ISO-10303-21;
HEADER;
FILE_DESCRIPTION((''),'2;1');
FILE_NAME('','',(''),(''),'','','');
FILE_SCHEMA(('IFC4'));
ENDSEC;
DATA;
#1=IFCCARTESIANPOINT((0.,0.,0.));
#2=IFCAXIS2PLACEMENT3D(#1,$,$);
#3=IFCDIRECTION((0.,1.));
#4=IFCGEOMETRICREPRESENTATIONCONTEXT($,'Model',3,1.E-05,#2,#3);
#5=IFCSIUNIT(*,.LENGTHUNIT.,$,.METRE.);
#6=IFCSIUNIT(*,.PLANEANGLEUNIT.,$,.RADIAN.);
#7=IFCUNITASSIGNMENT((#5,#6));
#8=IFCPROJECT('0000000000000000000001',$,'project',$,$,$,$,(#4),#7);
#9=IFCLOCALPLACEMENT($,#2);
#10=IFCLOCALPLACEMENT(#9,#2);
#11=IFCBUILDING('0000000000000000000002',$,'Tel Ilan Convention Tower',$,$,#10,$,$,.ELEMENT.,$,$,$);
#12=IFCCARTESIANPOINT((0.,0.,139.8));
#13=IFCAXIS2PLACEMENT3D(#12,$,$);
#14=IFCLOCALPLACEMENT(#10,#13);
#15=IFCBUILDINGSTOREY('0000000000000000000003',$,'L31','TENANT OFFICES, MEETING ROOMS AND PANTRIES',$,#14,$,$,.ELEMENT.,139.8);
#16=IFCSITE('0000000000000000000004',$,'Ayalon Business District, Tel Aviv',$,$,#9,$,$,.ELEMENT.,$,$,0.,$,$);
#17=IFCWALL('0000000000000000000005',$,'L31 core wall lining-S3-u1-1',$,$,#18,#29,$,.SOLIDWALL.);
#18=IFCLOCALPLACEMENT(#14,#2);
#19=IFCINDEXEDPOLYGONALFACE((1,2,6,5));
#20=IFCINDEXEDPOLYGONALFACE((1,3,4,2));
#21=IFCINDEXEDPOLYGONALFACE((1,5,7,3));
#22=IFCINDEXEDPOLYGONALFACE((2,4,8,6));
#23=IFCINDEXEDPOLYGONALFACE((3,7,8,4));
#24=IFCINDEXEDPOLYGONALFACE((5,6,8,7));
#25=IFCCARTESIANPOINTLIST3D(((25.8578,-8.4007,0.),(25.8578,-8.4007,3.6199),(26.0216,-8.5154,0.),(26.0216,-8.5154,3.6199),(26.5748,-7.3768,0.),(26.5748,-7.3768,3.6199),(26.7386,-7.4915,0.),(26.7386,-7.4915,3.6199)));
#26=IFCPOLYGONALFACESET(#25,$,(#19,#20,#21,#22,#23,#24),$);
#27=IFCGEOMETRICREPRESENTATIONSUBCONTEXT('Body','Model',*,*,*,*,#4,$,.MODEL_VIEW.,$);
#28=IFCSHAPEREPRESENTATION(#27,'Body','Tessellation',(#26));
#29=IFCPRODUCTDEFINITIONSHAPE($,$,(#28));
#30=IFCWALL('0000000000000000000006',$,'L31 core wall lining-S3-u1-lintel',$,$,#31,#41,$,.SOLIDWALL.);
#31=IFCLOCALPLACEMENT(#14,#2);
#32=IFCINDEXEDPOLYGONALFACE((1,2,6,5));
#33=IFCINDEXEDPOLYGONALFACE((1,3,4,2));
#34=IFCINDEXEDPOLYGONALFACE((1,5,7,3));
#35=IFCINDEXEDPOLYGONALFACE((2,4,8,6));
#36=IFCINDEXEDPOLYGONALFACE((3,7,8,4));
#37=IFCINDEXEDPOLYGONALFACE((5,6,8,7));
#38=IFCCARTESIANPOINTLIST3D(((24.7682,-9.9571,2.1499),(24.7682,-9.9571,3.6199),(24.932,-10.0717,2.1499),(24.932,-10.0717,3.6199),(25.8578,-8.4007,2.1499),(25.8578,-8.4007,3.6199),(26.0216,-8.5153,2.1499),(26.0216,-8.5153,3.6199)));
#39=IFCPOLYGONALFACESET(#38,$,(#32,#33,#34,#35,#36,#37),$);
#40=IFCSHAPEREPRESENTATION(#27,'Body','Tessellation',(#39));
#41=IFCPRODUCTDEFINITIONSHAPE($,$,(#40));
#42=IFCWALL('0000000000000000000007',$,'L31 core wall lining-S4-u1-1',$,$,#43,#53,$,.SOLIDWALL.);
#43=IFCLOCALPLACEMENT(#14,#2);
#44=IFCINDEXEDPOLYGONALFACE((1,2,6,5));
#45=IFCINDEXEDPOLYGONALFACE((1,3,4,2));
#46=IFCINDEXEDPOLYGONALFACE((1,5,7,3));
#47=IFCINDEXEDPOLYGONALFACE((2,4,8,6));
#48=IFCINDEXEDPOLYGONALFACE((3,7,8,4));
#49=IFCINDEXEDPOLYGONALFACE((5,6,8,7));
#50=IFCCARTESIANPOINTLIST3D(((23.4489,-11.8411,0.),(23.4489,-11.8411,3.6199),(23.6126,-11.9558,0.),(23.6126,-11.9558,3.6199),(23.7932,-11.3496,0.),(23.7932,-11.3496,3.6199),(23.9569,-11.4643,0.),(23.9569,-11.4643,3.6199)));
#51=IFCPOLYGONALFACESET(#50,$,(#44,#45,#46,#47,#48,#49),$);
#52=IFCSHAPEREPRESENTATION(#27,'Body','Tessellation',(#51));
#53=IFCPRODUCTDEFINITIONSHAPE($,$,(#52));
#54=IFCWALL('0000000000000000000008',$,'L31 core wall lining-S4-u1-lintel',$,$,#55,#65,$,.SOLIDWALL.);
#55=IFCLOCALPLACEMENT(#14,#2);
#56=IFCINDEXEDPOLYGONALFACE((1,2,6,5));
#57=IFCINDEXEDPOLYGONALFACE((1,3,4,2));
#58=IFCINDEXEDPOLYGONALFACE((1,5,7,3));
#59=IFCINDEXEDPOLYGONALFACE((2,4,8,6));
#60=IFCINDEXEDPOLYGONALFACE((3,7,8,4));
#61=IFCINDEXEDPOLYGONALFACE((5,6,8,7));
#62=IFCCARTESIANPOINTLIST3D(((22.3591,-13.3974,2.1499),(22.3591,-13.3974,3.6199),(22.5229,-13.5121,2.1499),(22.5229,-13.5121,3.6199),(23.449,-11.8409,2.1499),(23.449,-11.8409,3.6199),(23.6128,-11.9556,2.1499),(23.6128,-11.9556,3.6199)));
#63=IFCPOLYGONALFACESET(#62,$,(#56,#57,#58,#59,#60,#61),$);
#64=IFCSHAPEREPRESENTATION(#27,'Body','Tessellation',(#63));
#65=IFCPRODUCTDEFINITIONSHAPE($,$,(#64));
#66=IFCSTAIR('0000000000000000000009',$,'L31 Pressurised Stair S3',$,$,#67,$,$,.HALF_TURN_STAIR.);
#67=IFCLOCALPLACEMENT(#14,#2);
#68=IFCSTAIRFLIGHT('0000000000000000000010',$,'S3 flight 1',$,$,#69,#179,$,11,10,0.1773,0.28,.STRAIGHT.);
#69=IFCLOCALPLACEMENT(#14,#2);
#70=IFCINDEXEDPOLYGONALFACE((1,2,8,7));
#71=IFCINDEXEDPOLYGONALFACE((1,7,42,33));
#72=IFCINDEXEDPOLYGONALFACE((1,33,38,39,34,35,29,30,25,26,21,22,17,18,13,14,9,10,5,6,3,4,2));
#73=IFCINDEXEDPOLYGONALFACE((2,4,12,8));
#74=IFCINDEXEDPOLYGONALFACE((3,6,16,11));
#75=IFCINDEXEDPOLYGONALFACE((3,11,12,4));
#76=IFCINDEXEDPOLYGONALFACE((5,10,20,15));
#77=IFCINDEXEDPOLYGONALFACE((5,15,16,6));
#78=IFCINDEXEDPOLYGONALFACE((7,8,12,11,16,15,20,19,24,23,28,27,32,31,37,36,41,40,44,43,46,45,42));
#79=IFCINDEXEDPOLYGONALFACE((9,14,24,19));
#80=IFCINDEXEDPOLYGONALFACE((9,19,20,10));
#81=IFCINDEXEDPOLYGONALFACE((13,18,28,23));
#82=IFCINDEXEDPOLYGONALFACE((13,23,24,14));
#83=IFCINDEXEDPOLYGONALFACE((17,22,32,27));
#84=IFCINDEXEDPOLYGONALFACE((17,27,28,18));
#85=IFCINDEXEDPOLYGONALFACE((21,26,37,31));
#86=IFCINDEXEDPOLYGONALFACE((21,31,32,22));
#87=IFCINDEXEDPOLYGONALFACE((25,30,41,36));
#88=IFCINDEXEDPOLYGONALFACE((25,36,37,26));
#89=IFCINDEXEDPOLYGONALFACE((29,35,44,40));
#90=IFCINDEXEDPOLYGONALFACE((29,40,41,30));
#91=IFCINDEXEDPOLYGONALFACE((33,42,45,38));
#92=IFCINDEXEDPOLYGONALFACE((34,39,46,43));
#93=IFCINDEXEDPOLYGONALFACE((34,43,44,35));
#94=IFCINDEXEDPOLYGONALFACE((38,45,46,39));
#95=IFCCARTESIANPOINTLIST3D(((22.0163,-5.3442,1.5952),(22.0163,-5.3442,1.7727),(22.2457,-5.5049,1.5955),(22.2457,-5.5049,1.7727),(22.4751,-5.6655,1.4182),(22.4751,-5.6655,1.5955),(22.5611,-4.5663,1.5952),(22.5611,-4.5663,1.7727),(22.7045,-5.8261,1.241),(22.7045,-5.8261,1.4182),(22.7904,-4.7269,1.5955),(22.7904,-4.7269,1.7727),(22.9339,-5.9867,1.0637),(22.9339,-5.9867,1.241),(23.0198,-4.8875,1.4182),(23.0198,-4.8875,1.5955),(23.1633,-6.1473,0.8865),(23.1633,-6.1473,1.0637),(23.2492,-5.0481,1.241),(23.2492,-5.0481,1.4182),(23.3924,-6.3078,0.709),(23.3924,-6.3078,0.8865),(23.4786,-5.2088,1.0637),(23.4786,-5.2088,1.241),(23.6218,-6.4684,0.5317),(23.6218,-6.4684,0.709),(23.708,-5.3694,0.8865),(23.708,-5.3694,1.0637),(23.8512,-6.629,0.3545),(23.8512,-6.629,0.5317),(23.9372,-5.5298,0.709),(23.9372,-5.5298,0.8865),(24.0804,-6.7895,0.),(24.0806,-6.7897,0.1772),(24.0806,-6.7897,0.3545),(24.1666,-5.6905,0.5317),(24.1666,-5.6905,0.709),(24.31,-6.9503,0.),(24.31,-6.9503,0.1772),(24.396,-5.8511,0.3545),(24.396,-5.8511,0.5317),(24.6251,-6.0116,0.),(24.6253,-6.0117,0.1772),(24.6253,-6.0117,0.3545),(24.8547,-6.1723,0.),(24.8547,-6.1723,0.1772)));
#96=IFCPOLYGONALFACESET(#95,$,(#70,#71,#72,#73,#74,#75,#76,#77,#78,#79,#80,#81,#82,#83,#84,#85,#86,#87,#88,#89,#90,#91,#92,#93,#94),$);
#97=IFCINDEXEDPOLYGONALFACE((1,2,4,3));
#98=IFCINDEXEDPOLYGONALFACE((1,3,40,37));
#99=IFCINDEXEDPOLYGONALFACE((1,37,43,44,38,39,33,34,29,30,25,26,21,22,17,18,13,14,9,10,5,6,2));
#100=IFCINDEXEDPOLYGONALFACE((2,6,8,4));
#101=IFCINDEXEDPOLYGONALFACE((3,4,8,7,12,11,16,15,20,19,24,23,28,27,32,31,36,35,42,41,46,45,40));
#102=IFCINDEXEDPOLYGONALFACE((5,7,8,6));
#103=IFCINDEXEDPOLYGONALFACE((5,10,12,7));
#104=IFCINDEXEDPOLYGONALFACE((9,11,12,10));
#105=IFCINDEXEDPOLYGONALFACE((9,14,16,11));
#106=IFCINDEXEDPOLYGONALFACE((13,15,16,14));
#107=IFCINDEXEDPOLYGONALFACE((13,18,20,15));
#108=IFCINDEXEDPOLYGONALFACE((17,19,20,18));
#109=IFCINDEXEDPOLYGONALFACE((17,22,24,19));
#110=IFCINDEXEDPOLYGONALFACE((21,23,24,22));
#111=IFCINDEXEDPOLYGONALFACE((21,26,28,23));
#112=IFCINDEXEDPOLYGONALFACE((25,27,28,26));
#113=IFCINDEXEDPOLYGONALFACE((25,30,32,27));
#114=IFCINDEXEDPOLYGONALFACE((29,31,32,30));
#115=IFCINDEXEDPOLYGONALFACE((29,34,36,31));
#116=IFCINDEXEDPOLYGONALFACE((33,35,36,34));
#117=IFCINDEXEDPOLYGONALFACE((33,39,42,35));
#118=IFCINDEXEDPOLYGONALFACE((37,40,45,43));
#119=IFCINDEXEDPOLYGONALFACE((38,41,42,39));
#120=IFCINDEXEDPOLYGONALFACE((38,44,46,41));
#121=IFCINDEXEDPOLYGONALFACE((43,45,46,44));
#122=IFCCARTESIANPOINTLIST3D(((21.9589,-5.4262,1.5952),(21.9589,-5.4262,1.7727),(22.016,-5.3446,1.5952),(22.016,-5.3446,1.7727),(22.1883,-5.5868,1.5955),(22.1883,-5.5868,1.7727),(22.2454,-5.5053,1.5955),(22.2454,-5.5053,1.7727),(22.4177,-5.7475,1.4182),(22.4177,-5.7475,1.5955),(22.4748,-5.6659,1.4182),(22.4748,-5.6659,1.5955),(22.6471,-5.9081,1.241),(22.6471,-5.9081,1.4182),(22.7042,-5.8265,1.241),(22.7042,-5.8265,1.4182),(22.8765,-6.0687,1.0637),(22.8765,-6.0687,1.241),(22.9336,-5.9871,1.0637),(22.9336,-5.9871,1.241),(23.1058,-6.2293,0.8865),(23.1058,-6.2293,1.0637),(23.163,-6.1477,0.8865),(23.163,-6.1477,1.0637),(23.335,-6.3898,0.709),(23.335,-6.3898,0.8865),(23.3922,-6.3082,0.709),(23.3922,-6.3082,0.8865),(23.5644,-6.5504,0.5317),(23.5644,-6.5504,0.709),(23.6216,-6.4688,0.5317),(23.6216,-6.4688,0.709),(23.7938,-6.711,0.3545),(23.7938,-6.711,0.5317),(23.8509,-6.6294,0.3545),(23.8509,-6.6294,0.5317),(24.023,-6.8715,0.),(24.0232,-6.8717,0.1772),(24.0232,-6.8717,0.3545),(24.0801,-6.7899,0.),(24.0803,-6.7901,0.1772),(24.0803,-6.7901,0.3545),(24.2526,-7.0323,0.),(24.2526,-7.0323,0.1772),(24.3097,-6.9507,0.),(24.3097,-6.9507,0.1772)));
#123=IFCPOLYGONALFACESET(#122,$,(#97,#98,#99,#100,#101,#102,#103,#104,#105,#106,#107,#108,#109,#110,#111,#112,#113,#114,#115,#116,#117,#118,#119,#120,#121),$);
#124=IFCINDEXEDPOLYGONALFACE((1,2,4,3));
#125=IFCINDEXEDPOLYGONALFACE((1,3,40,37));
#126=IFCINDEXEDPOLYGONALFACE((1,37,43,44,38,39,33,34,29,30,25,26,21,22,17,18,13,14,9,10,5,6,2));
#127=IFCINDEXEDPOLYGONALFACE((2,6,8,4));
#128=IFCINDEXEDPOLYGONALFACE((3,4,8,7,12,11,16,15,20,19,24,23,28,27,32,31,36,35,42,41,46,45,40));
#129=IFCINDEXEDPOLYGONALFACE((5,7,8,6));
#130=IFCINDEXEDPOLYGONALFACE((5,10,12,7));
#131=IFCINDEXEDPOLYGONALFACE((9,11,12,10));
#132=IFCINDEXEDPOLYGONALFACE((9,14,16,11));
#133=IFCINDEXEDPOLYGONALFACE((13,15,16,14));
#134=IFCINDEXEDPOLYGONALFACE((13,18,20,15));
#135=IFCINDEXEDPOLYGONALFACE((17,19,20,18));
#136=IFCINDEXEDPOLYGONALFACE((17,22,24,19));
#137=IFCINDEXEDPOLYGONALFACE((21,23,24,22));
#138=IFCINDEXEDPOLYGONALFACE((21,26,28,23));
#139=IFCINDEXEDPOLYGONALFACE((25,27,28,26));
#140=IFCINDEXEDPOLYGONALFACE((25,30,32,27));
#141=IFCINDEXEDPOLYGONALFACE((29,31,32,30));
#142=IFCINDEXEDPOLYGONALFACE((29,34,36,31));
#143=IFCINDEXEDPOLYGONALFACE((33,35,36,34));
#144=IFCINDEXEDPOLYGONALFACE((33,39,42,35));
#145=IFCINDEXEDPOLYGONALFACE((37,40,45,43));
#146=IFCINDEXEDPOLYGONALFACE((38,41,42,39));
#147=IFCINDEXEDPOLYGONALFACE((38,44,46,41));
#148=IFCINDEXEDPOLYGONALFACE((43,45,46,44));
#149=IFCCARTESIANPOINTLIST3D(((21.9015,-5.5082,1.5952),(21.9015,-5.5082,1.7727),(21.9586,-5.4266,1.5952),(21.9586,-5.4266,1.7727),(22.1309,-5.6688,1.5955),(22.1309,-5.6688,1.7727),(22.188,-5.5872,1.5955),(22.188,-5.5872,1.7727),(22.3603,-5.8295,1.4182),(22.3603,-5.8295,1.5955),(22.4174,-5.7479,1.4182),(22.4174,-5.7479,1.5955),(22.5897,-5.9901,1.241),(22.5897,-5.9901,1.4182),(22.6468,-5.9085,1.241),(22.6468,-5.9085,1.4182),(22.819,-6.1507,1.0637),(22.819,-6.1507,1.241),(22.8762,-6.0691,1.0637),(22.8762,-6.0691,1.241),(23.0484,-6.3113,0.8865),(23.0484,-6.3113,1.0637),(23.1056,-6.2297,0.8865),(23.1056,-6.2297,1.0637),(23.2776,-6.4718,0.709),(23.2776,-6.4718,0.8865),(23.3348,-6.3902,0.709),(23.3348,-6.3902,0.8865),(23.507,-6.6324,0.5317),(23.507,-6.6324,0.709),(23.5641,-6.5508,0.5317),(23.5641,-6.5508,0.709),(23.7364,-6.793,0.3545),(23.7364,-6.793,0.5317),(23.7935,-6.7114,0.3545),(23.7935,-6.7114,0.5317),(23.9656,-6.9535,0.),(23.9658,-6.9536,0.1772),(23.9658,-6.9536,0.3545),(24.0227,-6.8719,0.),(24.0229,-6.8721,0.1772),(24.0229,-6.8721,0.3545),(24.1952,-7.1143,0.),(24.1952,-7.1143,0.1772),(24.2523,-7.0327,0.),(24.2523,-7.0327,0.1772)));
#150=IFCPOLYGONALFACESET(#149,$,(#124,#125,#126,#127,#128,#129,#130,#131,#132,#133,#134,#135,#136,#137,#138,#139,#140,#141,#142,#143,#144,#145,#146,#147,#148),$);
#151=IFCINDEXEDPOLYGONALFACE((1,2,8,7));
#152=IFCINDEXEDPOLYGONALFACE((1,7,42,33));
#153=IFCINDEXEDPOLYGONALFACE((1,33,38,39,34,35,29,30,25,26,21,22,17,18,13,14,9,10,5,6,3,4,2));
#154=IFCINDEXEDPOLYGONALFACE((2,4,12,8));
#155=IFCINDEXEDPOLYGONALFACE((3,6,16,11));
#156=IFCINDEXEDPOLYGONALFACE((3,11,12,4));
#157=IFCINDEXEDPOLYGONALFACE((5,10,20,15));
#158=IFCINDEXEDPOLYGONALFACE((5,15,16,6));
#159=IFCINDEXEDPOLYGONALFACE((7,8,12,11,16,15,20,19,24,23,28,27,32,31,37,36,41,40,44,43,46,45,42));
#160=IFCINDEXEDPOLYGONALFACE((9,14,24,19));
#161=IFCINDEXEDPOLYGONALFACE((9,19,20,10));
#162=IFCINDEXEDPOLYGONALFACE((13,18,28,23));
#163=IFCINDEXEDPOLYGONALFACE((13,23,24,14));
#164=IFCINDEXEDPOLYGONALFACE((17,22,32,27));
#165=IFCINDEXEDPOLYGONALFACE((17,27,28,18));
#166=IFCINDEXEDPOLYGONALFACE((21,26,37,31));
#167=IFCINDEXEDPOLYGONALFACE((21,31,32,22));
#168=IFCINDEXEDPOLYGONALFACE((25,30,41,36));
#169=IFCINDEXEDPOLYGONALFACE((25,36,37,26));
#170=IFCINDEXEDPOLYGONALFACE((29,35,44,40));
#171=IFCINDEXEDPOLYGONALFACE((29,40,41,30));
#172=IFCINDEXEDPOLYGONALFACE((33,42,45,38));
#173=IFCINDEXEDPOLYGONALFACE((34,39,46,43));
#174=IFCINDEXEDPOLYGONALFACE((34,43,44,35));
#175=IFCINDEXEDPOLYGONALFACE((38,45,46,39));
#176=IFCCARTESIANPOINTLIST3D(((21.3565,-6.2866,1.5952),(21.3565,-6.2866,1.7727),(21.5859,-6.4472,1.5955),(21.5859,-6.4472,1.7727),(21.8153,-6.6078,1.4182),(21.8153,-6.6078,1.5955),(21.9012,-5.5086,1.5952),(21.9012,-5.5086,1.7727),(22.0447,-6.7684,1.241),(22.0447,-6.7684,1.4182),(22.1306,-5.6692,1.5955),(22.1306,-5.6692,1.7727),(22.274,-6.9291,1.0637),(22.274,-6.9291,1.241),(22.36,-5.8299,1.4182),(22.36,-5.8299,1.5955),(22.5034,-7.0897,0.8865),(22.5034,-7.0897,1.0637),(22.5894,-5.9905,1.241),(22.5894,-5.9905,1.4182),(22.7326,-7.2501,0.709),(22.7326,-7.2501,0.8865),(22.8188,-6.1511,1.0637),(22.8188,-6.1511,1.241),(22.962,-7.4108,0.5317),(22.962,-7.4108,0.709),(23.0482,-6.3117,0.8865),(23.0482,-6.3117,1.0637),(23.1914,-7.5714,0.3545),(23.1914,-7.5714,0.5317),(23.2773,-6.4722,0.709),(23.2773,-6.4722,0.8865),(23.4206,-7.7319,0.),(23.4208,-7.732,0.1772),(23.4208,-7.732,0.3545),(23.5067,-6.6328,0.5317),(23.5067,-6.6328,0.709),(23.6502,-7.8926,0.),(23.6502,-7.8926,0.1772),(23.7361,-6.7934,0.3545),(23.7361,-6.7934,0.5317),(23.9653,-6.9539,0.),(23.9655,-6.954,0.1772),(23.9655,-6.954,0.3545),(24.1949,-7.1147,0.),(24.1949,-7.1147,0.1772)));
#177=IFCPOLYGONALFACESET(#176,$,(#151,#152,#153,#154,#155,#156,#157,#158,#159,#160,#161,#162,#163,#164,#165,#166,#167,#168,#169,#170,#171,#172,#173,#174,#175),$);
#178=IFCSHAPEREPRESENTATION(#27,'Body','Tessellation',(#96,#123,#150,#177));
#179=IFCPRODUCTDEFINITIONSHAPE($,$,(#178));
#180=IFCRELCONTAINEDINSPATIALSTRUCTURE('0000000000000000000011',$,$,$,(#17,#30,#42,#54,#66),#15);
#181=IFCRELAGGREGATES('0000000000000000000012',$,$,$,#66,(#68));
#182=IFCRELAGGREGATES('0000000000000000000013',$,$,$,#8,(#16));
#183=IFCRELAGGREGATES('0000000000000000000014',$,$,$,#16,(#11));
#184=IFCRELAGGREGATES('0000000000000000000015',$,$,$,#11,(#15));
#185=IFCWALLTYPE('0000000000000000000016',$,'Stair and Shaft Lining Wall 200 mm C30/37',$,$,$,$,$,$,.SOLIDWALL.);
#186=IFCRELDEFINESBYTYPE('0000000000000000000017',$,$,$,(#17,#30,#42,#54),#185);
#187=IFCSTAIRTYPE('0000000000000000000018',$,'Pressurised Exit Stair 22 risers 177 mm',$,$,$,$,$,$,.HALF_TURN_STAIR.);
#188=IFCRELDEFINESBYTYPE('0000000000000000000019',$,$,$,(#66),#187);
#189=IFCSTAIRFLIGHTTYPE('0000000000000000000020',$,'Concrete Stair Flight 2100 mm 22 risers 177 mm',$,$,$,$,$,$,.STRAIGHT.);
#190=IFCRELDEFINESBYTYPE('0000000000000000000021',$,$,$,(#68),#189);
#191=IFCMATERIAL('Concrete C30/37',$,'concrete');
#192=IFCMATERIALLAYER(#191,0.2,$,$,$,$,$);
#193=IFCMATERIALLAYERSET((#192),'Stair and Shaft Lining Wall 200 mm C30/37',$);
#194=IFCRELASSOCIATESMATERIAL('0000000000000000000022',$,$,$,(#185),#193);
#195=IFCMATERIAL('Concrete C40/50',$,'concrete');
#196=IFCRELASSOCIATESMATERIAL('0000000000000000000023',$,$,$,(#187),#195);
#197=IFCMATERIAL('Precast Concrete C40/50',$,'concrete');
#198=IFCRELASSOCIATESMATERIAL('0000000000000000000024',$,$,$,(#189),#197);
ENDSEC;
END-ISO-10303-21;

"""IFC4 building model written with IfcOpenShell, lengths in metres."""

from ifc_helpers import new_model, si_unit, direction, frame, frame_2d, origin, place, context, subcontext, project, spatial, polyline, rectangle, outline, extrude, material, layer, layer_set, type_object, element, aggregate, save


model = new_model("IFC4")

# Units and contexts
model_context = context("Model", 3, precision=1e-05, world=origin(), true_north=direction((0.0, 1.0)))
body_context = subcontext(model_context, "Body", "Model", "MODEL_VIEW")
ifc_project = project(units=[si_unit("LENGTHUNIT", "METRE"), si_unit("PLANEANGLEUNIT", "RADIAN")], contexts=[model_context])

# Site, building, storey
site_placement = place(None, origin())
site = spatial("IfcSite", under=ifc_project, at=site_placement, Name="Ayalon Business District, Tel Aviv", CompositionType="ELEMENT", RefElevation=0.0)
building_placement = place(site_placement, origin())
building = spatial("IfcBuilding", under=site, at=building_placement, Name="Tel Ilan Convention Tower", CompositionType="ELEMENT")
storey_placement = place(building_placement, frame((0.0, 0.0, 139.8)))
storey = spatial("IfcBuildingStorey", under=building, at=storey_placement, Name="L31", Description="TENANT OFFICES, MEETING ROOMS AND PANTRIES", CompositionType="ELEMENT", Elevation=139.8)

# Walls
ifc_material_1 = material(Name="Concrete C30/37", Category="concrete")
ifc_layer_1 = layer(ifc_material_1, 0.2)
ifc_layer_set_1 = layer_set([ifc_layer_1], Name="Stair and Shaft Lining Wall 200 mm C30/37")
wall_type = type_object("IfcWallType", Name="Stair and Shaft Lining Wall 200 mm C30/37", PredefinedType="SOLIDWALL", material=ifc_layer_set_1)
wall_1_placement = place(storey_placement, frame((25.9397, -8.458, 0.0), z_axis=(0.0, 0.0, 1.0), x_axis=(0.57362, 0.819122, 0.0)))
element("IfcWall", 1, at=wall_1_placement, inside=storey, type_object=wall_type, Name="L31 core wall lining-S3-u1-1", PredefinedType="SOLIDWALL", context=body_context, shape_type="SweptSolid", body=[
    extrude(rectangle(XDim=1.25, YDim=0.2, at=frame_2d((0.625, 0.0))), origin(), (0.0, 0.0, 1.0), 3.6199),
])
wall_2_placement = place(storey_placement, frame((24.8501, -10.0144, 2.1499), z_axis=(0.0, 0.0, 1.0), x_axis=(0.573505, 0.819202, 0.0)))
element("IfcWall", 2, at=wall_2_placement, inside=storey, type_object=wall_type, Name="L31 core wall lining-S3-u1-lintel", PredefinedType="SOLIDWALL", context=body_context, shape_type="SweptSolid", body=[
    extrude(rectangle(XDim=1.8999, YDim=0.2, at=frame_2d((0.95, 0.0))), origin(), (0.0, 0.0, 1.0), 1.47),
])
wall_3_placement = place(storey_placement, frame((23.5308, -11.8984, 0.0), z_axis=(0.0, 0.0, 1.0), x_axis=(0.573708, 0.81906, 0.0)))
element("IfcWall", 3, at=wall_3_placement, inside=storey, type_object=wall_type, Name="L31 core wall lining-S4-u1-1", PredefinedType="SOLIDWALL", context=body_context, shape_type="SweptSolid", body=[
    extrude(rectangle(XDim=0.6001, YDim=0.2, at=frame_2d((0.3, 0.0))), origin(), (0.0, 0.0, 1.0), 3.6199),
])
wall_4_placement = place(storey_placement, frame((22.4409, -13.4548, 2.1499), z_axis=(0.0, 0.0, 1.0), x_axis=(0.573592, 0.819141, 0.0)))
element("IfcWall", 4, at=wall_4_placement, inside=storey, type_object=wall_type, Name="L31 core wall lining-S4-u1-lintel", PredefinedType="SOLIDWALL", context=body_context, shape_type="SweptSolid", body=[
    extrude(rectangle(XDim=1.9001, YDim=0.2, at=frame_2d((0.9502, 0.0))), origin(), (0.0, 0.0, 1.0), 1.47),
])

# Stair, stair flight
ifc_material_2 = material(Name="Concrete C40/50", Category="concrete")
stair_type = type_object("IfcStairType", Name="Pressurised Exit Stair 22 risers 177 mm", PredefinedType="HALF_TURN_STAIR", material=ifc_material_2)
stair_placement = place(storey_placement, origin())
stair = element("IfcStair", 5, at=stair_placement, inside=storey, type_object=stair_type, Name="L31 Pressurised Stair S3", PredefinedType="HALF_TURN_STAIR")
ifc_material_3 = material(Name="Precast Concrete C40/50", Category="concrete")
stair_flight_type = type_object("IfcStairFlightType", Name="Concrete Stair Flight 2100 mm 22 risers 177 mm", PredefinedType="STRAIGHT", material=ifc_material_3)
stair_flight_placement = place(storey_placement, frame((24.2524, -7.0325, 0.0), z_axis=(0.0, 0.0, 1.0), x_axis=(-0.819152, 0.573576, 0.0)))
stair_flight = element("IfcStairFlight", 6, at=stair_flight_placement, type_object=stair_flight_type, Name="S3 flight 1", NumberOfRisers=11, NumberOfTreads=10, PredefinedType="STRAIGHT", RiserHeight=0.1773, TreadLength=0.28, context=body_context, shape_type="SweptSolid", body=[
    extrude(outline(polyline([(0.0, 0.0), (0.0, 0.1772), (0.28, 0.1772), (0.28, 0.3545), (0.5601, 0.3545), (0.5601, 0.5317), (0.8401, 0.5317), (0.8401, 0.709), (1.1201, 0.709), (1.1201, 0.8865), (1.3999, 0.8865), (1.3999, 1.0637), (1.6799, 1.0637), (1.6799, 1.241), (1.96, 1.241), (1.96, 1.4182), (2.24, 1.4182), (2.24, 1.5955), (2.52, 1.5955), (2.52, 1.7727), (2.8, 1.7727), (2.8, 1.95), (2.8, 1.5952), (0.2803, 0.0), (0.0, 0.0)])), frame((0.0, -0.1003, 0.0), z_axis=(0.0, -1.0, 0.0), x_axis=(1.0, 0.0, 0.0)), (0.0, 0.0, 1.0), 0.9497),
    extrude(outline(polyline([(0.0, 0.0), (0.0, 0.1772), (0.28, 0.1772), (0.28, 0.3545), (0.5601, 0.3545), (0.5601, 0.5317), (0.8401, 0.5317), (0.8401, 0.709), (1.1201, 0.709), (1.1201, 0.8865), (1.3999, 0.8865), (1.3999, 1.0637), (1.6799, 1.0637), (1.6799, 1.241), (1.96, 1.241), (1.96, 1.4182), (2.24, 1.4182), (2.24, 1.5955), (2.52, 1.5955), (2.52, 1.7727), (2.8, 1.7727), (2.8, 1.95), (2.8, 1.5952), (0.2803, 0.0), (0.0, 0.0)])), frame((0.0, -0.0002, 0.0), z_axis=(0.0, -1.0, 0.0), x_axis=(1.0, 0.0, 0.0)), (0.0, 0.0, 1.0), 0.0996),
    extrude(outline(polyline([(0.0, 0.0), (0.0, 0.1772), (0.28, 0.1772), (0.28, 0.3545), (0.5601, 0.3545), (0.5601, 0.5317), (0.8401, 0.5317), (0.8401, 0.709), (1.1201, 0.709), (1.1201, 0.8865), (1.3999, 0.8865), (1.3999, 1.0637), (1.6799, 1.0637), (1.6799, 1.241), (1.96, 1.241), (1.96, 1.4182), (2.24, 1.4182), (2.24, 1.5955), (2.52, 1.5955), (2.52, 1.7727), (2.8, 1.7727), (2.8, 1.95), (2.8, 1.5952), (0.2803, 0.0), (0.0, 0.0)])), frame((0.0, 0.0999, 0.0), z_axis=(0.0, -1.0, 0.0), x_axis=(1.0, 0.0, 0.0)), (0.0, 0.0, 1.0), 0.0996),
    extrude(outline(polyline([(0.0, 0.0), (0.0, 0.1772), (0.28, 0.1772), (0.28, 0.3545), (0.5601, 0.3545), (0.5601, 0.5317), (0.8401, 0.5317), (0.8401, 0.709), (1.1201, 0.709), (1.1201, 0.8865), (1.3999, 0.8865), (1.3999, 1.0637), (1.6799, 1.0637), (1.6799, 1.241), (1.96, 1.241), (1.96, 1.4182), (2.24, 1.4182), (2.24, 1.5955), (2.52, 1.5955), (2.52, 1.7727), (2.8, 1.7727), (2.8, 1.95), (2.8, 1.5952), (0.2803, 0.0), (0.0, 0.0)])), frame((0.0, 1.05, 0.0), z_axis=(0.0, -1.0, 0.0), x_axis=(1.0, 0.0, 0.0)), (0.0, 0.0, 1.0), 0.9497),
])
aggregate(stair, [stair_flight])

save(model, "model.ifc")
